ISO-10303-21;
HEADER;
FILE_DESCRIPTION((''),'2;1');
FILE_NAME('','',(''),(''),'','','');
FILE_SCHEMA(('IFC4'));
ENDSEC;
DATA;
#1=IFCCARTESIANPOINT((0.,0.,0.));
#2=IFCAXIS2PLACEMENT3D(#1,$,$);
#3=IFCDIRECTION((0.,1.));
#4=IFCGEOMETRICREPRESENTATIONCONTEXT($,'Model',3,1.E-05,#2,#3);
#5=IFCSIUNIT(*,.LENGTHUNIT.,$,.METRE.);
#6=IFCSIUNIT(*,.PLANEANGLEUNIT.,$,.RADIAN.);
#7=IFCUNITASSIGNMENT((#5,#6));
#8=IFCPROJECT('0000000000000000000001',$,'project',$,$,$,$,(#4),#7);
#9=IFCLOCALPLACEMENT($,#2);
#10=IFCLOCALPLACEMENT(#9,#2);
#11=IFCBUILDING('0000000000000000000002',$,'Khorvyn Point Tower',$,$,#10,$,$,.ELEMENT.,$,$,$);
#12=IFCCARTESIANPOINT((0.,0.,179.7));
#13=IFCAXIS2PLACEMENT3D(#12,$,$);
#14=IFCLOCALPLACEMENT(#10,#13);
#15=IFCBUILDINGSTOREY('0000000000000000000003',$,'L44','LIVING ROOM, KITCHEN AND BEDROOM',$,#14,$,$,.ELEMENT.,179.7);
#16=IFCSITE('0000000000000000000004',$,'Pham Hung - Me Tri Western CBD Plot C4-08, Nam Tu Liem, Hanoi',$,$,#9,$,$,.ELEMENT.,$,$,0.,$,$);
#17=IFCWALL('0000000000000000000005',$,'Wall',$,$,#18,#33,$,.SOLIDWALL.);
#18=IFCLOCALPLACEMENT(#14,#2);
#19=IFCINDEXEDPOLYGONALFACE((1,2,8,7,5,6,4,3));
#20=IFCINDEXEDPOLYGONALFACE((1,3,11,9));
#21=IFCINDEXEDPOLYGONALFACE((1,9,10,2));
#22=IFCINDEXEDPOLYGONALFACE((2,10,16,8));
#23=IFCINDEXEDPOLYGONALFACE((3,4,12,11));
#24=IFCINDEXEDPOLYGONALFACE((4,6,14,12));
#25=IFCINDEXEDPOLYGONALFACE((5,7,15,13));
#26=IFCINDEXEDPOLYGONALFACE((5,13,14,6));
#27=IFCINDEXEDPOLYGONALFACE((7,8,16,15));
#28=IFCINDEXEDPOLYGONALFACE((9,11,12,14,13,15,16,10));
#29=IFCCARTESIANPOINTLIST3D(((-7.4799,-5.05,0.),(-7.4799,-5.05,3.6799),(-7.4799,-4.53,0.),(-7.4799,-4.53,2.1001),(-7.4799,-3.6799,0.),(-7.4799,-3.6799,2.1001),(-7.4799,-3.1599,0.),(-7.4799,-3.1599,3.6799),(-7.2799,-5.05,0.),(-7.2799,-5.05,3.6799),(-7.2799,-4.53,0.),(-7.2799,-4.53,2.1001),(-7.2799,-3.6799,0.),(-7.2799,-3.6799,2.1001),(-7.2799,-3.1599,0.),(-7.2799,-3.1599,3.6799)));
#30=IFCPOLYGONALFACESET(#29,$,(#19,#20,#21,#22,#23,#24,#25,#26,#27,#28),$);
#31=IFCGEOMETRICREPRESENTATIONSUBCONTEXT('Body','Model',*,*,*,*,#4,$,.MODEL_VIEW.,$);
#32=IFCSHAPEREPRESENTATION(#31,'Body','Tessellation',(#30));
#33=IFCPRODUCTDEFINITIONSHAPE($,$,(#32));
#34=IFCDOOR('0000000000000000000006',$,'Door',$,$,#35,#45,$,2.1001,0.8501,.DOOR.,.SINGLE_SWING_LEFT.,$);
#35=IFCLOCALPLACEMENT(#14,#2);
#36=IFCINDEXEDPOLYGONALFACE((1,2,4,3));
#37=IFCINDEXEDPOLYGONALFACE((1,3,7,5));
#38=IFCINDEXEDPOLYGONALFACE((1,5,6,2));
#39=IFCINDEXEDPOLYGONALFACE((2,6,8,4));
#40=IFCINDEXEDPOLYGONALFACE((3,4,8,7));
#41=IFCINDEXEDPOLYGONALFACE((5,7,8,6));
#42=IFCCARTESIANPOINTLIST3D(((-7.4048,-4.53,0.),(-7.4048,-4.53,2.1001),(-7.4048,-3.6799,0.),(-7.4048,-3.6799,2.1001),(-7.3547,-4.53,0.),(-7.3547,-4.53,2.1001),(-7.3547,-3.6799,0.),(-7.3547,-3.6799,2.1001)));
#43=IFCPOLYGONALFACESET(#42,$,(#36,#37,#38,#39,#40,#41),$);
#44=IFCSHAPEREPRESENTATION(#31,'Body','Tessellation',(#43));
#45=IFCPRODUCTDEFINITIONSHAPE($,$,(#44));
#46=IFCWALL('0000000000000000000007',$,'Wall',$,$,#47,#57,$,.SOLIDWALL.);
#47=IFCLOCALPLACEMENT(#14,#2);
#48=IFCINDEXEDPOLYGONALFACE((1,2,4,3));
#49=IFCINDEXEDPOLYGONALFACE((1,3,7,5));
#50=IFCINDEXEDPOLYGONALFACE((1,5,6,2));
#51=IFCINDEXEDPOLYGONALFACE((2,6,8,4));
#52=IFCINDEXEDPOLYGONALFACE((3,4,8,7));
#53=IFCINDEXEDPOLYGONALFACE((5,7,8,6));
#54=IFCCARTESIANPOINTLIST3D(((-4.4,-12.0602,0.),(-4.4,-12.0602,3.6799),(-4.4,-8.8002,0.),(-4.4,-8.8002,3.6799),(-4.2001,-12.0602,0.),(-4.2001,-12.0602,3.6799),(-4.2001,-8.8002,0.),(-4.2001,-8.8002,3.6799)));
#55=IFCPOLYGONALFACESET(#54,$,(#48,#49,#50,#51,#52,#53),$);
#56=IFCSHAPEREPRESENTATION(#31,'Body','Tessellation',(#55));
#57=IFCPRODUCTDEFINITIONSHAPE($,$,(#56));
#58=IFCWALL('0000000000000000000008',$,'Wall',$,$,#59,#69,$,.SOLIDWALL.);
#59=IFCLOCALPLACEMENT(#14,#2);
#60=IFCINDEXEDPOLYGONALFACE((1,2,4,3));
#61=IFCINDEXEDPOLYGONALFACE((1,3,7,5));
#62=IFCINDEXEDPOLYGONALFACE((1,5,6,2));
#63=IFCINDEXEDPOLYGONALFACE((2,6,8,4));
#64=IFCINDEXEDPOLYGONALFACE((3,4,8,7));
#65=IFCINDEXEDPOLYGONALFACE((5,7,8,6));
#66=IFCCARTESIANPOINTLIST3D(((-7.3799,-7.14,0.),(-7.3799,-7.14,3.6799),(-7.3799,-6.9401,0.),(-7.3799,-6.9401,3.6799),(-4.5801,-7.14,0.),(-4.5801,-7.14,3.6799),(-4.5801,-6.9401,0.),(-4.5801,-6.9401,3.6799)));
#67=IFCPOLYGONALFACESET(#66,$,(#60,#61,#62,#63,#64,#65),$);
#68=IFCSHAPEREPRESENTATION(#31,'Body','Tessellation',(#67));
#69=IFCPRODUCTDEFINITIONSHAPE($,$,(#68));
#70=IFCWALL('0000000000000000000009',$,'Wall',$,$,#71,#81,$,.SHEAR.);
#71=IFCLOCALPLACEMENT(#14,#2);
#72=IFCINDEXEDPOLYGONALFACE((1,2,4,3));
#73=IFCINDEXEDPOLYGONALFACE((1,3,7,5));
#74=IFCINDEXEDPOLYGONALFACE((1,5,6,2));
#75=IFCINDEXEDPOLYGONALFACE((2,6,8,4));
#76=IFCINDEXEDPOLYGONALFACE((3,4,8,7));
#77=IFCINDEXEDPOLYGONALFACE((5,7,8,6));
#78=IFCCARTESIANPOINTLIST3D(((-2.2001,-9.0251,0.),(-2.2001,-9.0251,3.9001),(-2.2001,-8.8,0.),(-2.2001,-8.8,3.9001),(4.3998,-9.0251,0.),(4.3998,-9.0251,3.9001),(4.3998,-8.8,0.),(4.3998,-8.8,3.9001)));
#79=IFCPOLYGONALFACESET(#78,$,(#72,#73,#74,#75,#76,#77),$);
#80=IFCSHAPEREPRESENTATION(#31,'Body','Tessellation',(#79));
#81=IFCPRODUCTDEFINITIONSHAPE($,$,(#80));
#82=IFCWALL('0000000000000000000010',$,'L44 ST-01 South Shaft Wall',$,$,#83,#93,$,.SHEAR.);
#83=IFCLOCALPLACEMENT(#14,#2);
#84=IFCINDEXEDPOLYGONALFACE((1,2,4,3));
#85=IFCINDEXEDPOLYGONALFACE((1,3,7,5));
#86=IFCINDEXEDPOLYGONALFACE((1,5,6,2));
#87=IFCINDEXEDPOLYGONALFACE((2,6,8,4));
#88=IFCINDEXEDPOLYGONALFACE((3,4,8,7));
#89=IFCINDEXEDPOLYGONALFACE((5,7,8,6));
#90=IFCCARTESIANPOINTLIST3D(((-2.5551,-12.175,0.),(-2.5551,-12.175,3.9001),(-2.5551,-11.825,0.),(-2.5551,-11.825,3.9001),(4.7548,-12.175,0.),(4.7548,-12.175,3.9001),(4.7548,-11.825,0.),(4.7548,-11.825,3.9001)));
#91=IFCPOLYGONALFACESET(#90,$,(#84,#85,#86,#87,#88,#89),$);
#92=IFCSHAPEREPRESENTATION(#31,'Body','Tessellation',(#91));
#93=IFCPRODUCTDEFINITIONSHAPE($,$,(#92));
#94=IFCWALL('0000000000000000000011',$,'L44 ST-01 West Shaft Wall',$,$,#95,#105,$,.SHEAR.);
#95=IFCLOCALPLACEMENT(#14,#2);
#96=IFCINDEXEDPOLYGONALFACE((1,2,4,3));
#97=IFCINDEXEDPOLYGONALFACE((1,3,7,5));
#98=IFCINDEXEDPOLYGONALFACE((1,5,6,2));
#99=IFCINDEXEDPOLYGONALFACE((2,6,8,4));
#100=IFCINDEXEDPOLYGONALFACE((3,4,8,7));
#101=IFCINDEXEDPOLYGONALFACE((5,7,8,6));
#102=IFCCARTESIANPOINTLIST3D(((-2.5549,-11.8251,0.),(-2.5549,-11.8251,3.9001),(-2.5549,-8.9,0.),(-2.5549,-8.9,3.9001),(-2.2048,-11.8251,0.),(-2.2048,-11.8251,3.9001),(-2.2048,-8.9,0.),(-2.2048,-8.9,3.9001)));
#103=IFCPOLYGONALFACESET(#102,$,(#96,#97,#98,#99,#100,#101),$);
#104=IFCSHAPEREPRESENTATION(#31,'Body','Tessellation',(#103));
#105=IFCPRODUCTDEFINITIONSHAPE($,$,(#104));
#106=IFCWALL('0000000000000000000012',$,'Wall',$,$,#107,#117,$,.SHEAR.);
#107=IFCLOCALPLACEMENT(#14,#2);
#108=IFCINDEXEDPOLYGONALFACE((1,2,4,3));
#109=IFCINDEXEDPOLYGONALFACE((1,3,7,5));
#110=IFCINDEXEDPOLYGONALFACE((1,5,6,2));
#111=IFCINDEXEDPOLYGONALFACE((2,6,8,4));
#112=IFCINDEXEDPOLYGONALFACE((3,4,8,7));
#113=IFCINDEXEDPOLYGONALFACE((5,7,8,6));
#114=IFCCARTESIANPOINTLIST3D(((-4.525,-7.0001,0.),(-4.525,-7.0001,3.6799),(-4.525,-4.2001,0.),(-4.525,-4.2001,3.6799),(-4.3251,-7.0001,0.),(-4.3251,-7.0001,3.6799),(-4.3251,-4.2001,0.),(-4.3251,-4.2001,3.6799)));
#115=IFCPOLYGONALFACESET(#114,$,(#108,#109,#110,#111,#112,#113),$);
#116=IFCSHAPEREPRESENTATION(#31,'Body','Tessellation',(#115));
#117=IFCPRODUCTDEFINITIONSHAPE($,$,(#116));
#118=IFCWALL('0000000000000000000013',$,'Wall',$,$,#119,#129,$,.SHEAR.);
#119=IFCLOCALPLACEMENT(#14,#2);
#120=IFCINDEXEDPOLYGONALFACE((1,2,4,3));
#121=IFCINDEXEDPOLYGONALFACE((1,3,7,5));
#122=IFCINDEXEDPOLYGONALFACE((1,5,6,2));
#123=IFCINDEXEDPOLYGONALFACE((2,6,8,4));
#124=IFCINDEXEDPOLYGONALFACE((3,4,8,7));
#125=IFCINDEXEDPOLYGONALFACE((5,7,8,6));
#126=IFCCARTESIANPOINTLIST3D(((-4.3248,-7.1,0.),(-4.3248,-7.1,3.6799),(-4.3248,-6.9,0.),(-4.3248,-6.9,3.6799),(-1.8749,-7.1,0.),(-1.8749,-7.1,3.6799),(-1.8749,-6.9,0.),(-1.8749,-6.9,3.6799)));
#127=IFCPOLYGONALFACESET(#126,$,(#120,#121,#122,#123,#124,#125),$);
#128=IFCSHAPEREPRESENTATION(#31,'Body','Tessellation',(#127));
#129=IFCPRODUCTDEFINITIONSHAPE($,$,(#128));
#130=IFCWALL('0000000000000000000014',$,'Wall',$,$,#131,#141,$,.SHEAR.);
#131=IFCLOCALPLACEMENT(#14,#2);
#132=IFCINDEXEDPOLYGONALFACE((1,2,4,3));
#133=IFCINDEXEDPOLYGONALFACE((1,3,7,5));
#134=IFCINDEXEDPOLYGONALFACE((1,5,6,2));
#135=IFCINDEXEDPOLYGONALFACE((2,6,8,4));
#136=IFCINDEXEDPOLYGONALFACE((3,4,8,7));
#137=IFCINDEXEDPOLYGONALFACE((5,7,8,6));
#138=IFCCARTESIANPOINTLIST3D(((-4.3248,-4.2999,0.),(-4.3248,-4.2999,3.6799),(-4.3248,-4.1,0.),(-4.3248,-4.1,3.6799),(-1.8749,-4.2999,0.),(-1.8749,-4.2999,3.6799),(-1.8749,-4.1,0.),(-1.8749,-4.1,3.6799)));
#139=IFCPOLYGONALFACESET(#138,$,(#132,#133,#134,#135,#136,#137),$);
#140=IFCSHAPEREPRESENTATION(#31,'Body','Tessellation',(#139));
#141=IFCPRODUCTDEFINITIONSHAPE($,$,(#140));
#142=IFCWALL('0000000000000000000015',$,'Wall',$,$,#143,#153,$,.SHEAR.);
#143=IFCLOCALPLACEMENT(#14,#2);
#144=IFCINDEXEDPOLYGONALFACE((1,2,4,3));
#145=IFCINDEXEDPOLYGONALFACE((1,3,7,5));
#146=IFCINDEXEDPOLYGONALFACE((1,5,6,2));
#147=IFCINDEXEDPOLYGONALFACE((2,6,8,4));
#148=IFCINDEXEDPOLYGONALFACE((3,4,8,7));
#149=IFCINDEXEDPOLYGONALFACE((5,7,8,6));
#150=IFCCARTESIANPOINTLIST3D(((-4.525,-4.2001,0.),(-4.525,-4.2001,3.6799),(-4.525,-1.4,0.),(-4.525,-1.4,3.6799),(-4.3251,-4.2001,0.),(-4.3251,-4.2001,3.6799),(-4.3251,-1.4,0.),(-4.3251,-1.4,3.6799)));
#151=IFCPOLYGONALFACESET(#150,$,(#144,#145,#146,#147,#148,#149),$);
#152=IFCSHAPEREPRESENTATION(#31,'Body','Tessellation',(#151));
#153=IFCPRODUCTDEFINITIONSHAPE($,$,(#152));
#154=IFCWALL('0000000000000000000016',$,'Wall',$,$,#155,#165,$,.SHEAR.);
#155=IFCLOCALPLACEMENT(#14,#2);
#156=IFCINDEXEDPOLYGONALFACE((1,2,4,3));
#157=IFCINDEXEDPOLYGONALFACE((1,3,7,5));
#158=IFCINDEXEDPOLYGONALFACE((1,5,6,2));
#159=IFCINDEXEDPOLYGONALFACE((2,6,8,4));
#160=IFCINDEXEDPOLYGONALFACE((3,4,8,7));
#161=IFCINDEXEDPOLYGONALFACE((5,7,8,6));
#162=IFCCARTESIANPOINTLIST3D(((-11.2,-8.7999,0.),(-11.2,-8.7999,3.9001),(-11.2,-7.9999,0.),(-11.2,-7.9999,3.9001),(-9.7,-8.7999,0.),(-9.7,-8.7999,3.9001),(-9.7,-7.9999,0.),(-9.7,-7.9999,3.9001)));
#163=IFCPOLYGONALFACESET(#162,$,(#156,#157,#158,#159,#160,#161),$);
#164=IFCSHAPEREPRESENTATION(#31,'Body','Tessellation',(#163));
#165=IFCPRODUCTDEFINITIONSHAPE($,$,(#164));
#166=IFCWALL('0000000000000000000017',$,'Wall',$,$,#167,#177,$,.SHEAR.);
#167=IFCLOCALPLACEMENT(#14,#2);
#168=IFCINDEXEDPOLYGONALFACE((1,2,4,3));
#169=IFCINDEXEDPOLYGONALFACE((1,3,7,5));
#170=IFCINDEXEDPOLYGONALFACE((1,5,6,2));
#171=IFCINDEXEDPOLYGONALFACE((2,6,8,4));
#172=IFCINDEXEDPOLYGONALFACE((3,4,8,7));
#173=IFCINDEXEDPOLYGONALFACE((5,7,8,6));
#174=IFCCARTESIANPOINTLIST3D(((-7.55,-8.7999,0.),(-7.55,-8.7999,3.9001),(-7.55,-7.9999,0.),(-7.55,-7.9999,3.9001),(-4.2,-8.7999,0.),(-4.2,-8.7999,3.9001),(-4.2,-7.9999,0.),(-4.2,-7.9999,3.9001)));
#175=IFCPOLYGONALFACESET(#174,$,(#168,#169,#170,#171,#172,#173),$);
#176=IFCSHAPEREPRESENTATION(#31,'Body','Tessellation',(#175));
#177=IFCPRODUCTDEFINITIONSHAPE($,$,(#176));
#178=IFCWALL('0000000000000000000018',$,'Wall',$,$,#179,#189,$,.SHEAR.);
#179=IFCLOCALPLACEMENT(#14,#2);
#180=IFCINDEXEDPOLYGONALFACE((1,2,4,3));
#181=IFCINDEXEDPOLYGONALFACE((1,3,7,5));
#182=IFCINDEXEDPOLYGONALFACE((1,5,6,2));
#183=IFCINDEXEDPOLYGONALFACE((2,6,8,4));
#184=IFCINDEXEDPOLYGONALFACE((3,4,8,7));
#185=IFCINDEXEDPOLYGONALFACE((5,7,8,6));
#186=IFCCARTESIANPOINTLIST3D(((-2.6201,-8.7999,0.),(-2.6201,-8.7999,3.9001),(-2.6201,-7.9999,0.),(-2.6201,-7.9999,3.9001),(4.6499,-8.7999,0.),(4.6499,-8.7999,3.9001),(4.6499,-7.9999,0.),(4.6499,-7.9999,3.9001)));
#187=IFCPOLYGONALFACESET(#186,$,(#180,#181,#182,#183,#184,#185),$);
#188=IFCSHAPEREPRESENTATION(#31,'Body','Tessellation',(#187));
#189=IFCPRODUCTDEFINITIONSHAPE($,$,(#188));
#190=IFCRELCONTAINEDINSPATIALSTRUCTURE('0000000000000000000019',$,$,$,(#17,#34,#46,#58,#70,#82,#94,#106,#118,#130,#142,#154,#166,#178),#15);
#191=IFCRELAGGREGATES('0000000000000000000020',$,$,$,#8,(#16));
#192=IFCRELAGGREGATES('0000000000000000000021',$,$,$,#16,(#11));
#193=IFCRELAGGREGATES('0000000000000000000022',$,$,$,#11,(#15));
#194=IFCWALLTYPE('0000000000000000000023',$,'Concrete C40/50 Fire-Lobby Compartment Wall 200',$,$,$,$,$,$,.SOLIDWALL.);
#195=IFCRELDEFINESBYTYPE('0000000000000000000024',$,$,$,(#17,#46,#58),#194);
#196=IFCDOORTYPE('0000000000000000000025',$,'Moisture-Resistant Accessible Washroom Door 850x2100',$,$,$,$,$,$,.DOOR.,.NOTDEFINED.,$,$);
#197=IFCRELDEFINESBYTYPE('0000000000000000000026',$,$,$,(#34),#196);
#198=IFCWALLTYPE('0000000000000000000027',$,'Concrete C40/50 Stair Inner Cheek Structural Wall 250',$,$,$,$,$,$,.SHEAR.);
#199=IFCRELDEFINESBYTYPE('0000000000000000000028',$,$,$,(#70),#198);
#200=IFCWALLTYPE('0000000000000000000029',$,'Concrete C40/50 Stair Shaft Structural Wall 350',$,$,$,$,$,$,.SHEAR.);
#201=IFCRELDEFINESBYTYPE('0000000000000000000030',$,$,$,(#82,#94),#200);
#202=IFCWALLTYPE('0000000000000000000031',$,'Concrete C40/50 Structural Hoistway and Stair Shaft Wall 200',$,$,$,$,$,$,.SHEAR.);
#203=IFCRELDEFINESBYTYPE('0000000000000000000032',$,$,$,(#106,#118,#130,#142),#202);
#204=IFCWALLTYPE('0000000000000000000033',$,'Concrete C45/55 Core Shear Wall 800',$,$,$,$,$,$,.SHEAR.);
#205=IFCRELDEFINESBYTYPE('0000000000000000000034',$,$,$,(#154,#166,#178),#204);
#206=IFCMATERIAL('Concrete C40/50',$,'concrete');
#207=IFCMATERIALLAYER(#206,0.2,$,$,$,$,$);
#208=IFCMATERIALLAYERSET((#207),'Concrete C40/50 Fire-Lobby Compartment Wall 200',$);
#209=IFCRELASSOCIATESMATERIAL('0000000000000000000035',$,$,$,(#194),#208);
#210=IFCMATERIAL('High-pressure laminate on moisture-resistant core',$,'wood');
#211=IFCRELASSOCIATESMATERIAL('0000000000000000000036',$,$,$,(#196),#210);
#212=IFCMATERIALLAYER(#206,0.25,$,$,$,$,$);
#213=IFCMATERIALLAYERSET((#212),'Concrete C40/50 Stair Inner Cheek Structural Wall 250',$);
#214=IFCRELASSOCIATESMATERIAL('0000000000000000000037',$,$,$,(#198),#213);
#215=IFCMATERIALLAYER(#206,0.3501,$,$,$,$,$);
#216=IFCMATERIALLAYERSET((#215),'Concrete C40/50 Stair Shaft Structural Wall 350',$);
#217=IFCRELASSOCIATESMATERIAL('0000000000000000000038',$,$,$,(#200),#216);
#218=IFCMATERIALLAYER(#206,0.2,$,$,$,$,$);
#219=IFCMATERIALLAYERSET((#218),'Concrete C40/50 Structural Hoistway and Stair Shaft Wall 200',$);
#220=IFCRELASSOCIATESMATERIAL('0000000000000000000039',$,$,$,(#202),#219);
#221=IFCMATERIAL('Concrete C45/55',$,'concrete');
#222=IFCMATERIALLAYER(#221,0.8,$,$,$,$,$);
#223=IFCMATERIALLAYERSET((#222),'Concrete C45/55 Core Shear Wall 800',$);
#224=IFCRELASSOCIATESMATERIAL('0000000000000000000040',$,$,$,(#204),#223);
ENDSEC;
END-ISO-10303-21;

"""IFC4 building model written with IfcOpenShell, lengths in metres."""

from ifc_helpers import new_model, si_unit, direction, frame, frame_2d, origin, place, context, subcontext, project, spatial, rectangle, extrude, material, layer, layer_set, type_object, element, fill, save


model = new_model("IFC4")

# Units and contexts
model_context = context("Model", 3, precision=1e-05, world=origin(), true_north=direction((0.0, 1.0)))
body_context = subcontext(model_context, "Body", "Model", "MODEL_VIEW")
ifc_project = project(units=[si_unit("LENGTHUNIT", "METRE"), si_unit("PLANEANGLEUNIT", "RADIAN")], contexts=[model_context])

# Site, building, storey
site_placement = place(None, origin())
site = spatial("IfcSite", under=ifc_project, at=site_placement, Name="Pham Hung - Me Tri Western CBD Plot C4-08, Nam Tu Liem, Hanoi", CompositionType="ELEMENT", RefElevation=0.0)
building_placement = place(site_placement, origin())
building = spatial("IfcBuilding", under=site, at=building_placement, Name="Khorvyn Point Tower", CompositionType="ELEMENT")
storey_placement = place(building_placement, frame((0.0, 0.0, 179.7)))
storey = spatial("IfcBuildingStorey", under=building, at=storey_placement, Name="L44", Description="LIVING ROOM, KITCHEN AND BEDROOM", CompositionType="ELEMENT", Elevation=179.7)

# Shared definitions
ifc_material_1 = material(Name="Concrete C40/50", Category="concrete")
ifc_material_2 = material(Name="Concrete C45/55", Category="concrete")

# Wall, opening, door
ifc_layer_1 = layer(ifc_material_1, 0.2)
ifc_layer_set_1 = layer_set([ifc_layer_1], Name="Concrete C40/50 Fire-Lobby Compartment Wall 200")
wall_type_1 = type_object("IfcWallType", Name="Concrete C40/50 Fire-Lobby Compartment Wall 200", PredefinedType="SOLIDWALL", material=ifc_layer_set_1)
ifc_material_3 = material(Name="High-pressure laminate on moisture-resistant core", Category="wood")
door_type_1 = type_object("IfcDoorType", Name="Moisture-Resistant Accessible Washroom Door 850x2100", OperationType="NOTDEFINED", PredefinedType="DOOR", material=ifc_material_3)
wall_1_placement = place(storey_placement, frame((-7.3799, -5.05, 0.0), z_axis=(0.0, 0.0, 1.0), x_axis=(0.0, 1.0, 0.0)))
wall_1 = element("IfcWall", 1, at=wall_1_placement, inside=storey, type_object=wall_type_1, Name="Wall", PredefinedType="SOLIDWALL", context=body_context, shape_type="SweptSolid", body=[
    extrude(rectangle(XDim=1.8901, YDim=0.2, at=frame_2d((0.9451, 0.0))), origin(), (0.0, 0.0, 1.0), 3.6799),
])
opening_1_placement = place(wall_1_placement, frame((0.52, 0.0, 0.0)))
opening_1 = element("IfcOpeningElement", 2, at=opening_1_placement, cuts=wall_1, PredefinedType="OPENING", context=body_context, shape_type="SweptSolid", body=[
    extrude(rectangle(XDim=0.8501, YDim=2.1001, at=frame_2d((0.425, 1.05))), frame((0.0, 0.1099, 0.0), z_axis=(0.0, -1.0, 0.0), x_axis=(1.0, 0.0, 0.0)), (0.0, 0.0, 1.0), 0.22),
])
door_1_placement = place(opening_1_placement, origin())
door_1 = element("IfcDoor", 3, at=door_1_placement, inside=storey, type_object=door_type_1, Name="Door", OperationType="SINGLE_SWING_LEFT", OverallHeight=2.1001, OverallWidth=0.8501, PredefinedType="DOOR", context=body_context, shape_type="SweptSolid", body=[
    extrude(rectangle(XDim=0.8501, YDim=2.1001, at=frame_2d((0.425, 1.05))), frame((0.0, 0.0249, 0.0), z_axis=(0.0, -1.0, 0.0), x_axis=(1.0, 0.0, 0.0)), (0.0, 0.0, 1.0), 0.05),
])
fill(opening_1, door_1)

# Walls
wall_2_placement = place(storey_placement, frame((-4.3, -12.0601, 0.0), z_axis=(0.0, 0.0, 1.0), x_axis=(0.0, 1.0, 0.0)))
element("IfcWall", 4, at=wall_2_placement, inside=storey, type_object=wall_type_1, Name="Wall", PredefinedType="SOLIDWALL", context=body_context, shape_type="SweptSolid", body=[
    extrude(rectangle(XDim=3.26, YDim=0.2, at=frame_2d((1.6299, 0.0))), origin(), (0.0, 0.0, 1.0), 3.6799),
])
wall_3_placement = place(storey_placement, frame((-7.3799, -7.04, 0.0), z_axis=(0.0, 0.0, 1.0), x_axis=(1.0, 0.0, 0.0)))
element("IfcWall", 5, at=wall_3_placement, inside=storey, type_object=wall_type_1, Name="Wall", PredefinedType="SOLIDWALL", context=body_context, shape_type="SweptSolid", body=[
    extrude(rectangle(XDim=2.7998, YDim=0.2, at=frame_2d((1.3999, 0.0))), origin(), (0.0, 0.0, 1.0), 3.6799),
])
ifc_layer_2 = layer(ifc_material_1, 0.25)
ifc_layer_set_2 = layer_set([ifc_layer_2], Name="Concrete C40/50 Stair Inner Cheek Structural Wall 250")
wall_type_2 = type_object("IfcWallType", Name="Concrete C40/50 Stair Inner Cheek Structural Wall 250", PredefinedType="SHEAR", material=ifc_layer_set_2)
wall_4_placement = place(storey_placement, frame((-2.2, -8.9126, 0.0), z_axis=(0.0, 0.0, 1.0), x_axis=(1.0, 0.0, 0.0)))
element("IfcWall", 6, at=wall_4_placement, inside=storey, type_object=wall_type_2, Name="Wall", PredefinedType="SHEAR", context=body_context, shape_type="SweptSolid", body=[
    extrude(rectangle(XDim=6.5999, YDim=0.2251, at=frame_2d((3.2998, 0.0))), origin(), (0.0, 0.0, 1.0), 3.9001),
])
ifc_layer_3 = layer(ifc_material_1, 0.3501)
ifc_layer_set_3 = layer_set([ifc_layer_3], Name="Concrete C40/50 Stair Shaft Structural Wall 350")
wall_type_3 = type_object("IfcWallType", Name="Concrete C40/50 Stair Shaft Structural Wall 350", PredefinedType="SHEAR", material=ifc_layer_set_3)
wall_5_placement = place(storey_placement, frame((-2.5549, -12.0, 0.0), z_axis=(0.0, 0.0, 1.0), x_axis=(1.0, 0.0, 0.0)))
element("IfcWall", 7, at=wall_5_placement, inside=storey, type_object=wall_type_3, Name="L44 ST-01 South Shaft Wall", PredefinedType="SHEAR", context=body_context, shape_type="SweptSolid", body=[
    extrude(rectangle(XDim=7.3098, YDim=0.3501, at=frame_2d((3.6548, 0.0))), origin(), (0.0, 0.0, 1.0), 3.9001),
])
wall_6_placement = place(storey_placement, frame((-2.3799, -11.825, 0.0), z_axis=(0.0, 0.0, 1.0), x_axis=(0.0, 1.0, 0.0)))
element("IfcWall", 8, at=wall_6_placement, inside=storey, type_object=wall_type_3, Name="L44 ST-01 West Shaft Wall", PredefinedType="SHEAR", context=body_context, shape_type="SweptSolid", body=[
    extrude(rectangle(XDim=2.925, YDim=0.3501, at=frame_2d((1.4624, 0.0))), origin(), (0.0, 0.0, 1.0), 3.9001),
])
ifc_layer_4 = layer(ifc_material_1, 0.2)
ifc_layer_set_4 = layer_set([ifc_layer_4], Name="Concrete C40/50 Structural Hoistway and Stair Shaft Wall 200")
wall_type_4 = type_object("IfcWallType", Name="Concrete C40/50 Structural Hoistway and Stair Shaft Wall 200", PredefinedType="SHEAR", material=ifc_layer_set_4)
wall_7_placement = place(storey_placement, frame((-4.425, -7.0, 0.0), z_axis=(0.0, 0.0, 1.0), x_axis=(0.0, 1.0, 0.0)))
element("IfcWall", 9, at=wall_7_placement, inside=storey, type_object=wall_type_4, Name="Wall", PredefinedType="SHEAR", context=body_context, shape_type="SweptSolid", body=[
    extrude(rectangle(XDim=2.8, YDim=0.2, at=frame_2d((1.3999, 0.0))), origin(), (0.0, 0.0, 1.0), 3.6799),
])
for number, where, z_axis, x_axis, name in (
    (10, (-4.325, -7.0, 0.0), (0.0, 0.0, 1.0), (1.0, 0.0, 0.0), "Wall"),
    (11, (-4.325, -4.2, 0.0), (0.0, 0.0, 1.0), (1.0, 0.0, 0.0), "Wall"),
):
    element("IfcWall", number, at=place(storey_placement, frame(where, z_axis=z_axis, x_axis=x_axis)), inside=storey, type_object=wall_type_4, Name=name, PredefinedType="SHEAR", context=body_context, shape_type="SweptSolid", body=[
        extrude(rectangle(XDim=2.45, YDim=0.2, at=frame_2d((1.2251, 0.0))), origin(), (0.0, 0.0, 1.0), 3.6799),
    ])
wall_8_placement = place(storey_placement, frame((-4.425, -4.2, 0.0), z_axis=(0.0, 0.0, 1.0), x_axis=(0.0, 1.0, 0.0)))
element("IfcWall", 12, at=wall_8_placement, inside=storey, type_object=wall_type_4, Name="Wall", PredefinedType="SHEAR", context=body_context, shape_type="SweptSolid", body=[
    extrude(rectangle(XDim=2.8, YDim=0.2, at=frame_2d((1.3999, 0.0))), origin(), (0.0, 0.0, 1.0), 3.6799),
])
ifc_layer_5 = layer(ifc_material_2, 0.8)
ifc_layer_set_5 = layer_set([ifc_layer_5], Name="Concrete C45/55 Core Shear Wall 800")
wall_type_5 = type_object("IfcWallType", Name="Concrete C45/55 Core Shear Wall 800", PredefinedType="SHEAR", material=ifc_layer_set_5)
wall_9_placement = place(storey_placement, frame((-11.2, -8.3999, 0.0), z_axis=(0.0, 0.0, 1.0), x_axis=(1.0, 0.0, 0.0)))
element("IfcWall", 13, at=wall_9_placement, inside=storey, type_object=wall_type_5, Name="Wall", PredefinedType="SHEAR", context=body_context, shape_type="SweptSolid", body=[
    extrude(rectangle(XDim=1.5, YDim=0.8, at=frame_2d((0.75, 0.0))), origin(), (0.0, 0.0, 1.0), 3.9001),
])
wall_10_placement = place(storey_placement, frame((-7.55, -8.3999, 0.0), z_axis=(0.0, 0.0, 1.0), x_axis=(1.0, 0.0, 0.0)))
element("IfcWall", 14, at=wall_10_placement, inside=storey, type_object=wall_type_5, Name="Wall", PredefinedType="SHEAR", context=body_context, shape_type="SweptSolid", body=[
    extrude(rectangle(XDim=3.3501, YDim=0.8, at=frame_2d((1.675, 0.0))), origin(), (0.0, 0.0, 1.0), 3.9001),
])
wall_11_placement = place(storey_placement, frame((-2.6201, -8.3999, 0.0), z_axis=(0.0, 0.0, 1.0), x_axis=(1.0, 0.0, 0.0)))
element("IfcWall", 15, at=wall_11_placement, inside=storey, type_object=wall_type_5, Name="Wall", PredefinedType="SHEAR", context=body_context, shape_type="SweptSolid", body=[
    extrude(rectangle(XDim=7.27, YDim=0.8, at=frame_2d((3.635, 0.0))), origin(), (0.0, 0.0, 1.0), 3.9001),
])

save(model, "model.ifc")
